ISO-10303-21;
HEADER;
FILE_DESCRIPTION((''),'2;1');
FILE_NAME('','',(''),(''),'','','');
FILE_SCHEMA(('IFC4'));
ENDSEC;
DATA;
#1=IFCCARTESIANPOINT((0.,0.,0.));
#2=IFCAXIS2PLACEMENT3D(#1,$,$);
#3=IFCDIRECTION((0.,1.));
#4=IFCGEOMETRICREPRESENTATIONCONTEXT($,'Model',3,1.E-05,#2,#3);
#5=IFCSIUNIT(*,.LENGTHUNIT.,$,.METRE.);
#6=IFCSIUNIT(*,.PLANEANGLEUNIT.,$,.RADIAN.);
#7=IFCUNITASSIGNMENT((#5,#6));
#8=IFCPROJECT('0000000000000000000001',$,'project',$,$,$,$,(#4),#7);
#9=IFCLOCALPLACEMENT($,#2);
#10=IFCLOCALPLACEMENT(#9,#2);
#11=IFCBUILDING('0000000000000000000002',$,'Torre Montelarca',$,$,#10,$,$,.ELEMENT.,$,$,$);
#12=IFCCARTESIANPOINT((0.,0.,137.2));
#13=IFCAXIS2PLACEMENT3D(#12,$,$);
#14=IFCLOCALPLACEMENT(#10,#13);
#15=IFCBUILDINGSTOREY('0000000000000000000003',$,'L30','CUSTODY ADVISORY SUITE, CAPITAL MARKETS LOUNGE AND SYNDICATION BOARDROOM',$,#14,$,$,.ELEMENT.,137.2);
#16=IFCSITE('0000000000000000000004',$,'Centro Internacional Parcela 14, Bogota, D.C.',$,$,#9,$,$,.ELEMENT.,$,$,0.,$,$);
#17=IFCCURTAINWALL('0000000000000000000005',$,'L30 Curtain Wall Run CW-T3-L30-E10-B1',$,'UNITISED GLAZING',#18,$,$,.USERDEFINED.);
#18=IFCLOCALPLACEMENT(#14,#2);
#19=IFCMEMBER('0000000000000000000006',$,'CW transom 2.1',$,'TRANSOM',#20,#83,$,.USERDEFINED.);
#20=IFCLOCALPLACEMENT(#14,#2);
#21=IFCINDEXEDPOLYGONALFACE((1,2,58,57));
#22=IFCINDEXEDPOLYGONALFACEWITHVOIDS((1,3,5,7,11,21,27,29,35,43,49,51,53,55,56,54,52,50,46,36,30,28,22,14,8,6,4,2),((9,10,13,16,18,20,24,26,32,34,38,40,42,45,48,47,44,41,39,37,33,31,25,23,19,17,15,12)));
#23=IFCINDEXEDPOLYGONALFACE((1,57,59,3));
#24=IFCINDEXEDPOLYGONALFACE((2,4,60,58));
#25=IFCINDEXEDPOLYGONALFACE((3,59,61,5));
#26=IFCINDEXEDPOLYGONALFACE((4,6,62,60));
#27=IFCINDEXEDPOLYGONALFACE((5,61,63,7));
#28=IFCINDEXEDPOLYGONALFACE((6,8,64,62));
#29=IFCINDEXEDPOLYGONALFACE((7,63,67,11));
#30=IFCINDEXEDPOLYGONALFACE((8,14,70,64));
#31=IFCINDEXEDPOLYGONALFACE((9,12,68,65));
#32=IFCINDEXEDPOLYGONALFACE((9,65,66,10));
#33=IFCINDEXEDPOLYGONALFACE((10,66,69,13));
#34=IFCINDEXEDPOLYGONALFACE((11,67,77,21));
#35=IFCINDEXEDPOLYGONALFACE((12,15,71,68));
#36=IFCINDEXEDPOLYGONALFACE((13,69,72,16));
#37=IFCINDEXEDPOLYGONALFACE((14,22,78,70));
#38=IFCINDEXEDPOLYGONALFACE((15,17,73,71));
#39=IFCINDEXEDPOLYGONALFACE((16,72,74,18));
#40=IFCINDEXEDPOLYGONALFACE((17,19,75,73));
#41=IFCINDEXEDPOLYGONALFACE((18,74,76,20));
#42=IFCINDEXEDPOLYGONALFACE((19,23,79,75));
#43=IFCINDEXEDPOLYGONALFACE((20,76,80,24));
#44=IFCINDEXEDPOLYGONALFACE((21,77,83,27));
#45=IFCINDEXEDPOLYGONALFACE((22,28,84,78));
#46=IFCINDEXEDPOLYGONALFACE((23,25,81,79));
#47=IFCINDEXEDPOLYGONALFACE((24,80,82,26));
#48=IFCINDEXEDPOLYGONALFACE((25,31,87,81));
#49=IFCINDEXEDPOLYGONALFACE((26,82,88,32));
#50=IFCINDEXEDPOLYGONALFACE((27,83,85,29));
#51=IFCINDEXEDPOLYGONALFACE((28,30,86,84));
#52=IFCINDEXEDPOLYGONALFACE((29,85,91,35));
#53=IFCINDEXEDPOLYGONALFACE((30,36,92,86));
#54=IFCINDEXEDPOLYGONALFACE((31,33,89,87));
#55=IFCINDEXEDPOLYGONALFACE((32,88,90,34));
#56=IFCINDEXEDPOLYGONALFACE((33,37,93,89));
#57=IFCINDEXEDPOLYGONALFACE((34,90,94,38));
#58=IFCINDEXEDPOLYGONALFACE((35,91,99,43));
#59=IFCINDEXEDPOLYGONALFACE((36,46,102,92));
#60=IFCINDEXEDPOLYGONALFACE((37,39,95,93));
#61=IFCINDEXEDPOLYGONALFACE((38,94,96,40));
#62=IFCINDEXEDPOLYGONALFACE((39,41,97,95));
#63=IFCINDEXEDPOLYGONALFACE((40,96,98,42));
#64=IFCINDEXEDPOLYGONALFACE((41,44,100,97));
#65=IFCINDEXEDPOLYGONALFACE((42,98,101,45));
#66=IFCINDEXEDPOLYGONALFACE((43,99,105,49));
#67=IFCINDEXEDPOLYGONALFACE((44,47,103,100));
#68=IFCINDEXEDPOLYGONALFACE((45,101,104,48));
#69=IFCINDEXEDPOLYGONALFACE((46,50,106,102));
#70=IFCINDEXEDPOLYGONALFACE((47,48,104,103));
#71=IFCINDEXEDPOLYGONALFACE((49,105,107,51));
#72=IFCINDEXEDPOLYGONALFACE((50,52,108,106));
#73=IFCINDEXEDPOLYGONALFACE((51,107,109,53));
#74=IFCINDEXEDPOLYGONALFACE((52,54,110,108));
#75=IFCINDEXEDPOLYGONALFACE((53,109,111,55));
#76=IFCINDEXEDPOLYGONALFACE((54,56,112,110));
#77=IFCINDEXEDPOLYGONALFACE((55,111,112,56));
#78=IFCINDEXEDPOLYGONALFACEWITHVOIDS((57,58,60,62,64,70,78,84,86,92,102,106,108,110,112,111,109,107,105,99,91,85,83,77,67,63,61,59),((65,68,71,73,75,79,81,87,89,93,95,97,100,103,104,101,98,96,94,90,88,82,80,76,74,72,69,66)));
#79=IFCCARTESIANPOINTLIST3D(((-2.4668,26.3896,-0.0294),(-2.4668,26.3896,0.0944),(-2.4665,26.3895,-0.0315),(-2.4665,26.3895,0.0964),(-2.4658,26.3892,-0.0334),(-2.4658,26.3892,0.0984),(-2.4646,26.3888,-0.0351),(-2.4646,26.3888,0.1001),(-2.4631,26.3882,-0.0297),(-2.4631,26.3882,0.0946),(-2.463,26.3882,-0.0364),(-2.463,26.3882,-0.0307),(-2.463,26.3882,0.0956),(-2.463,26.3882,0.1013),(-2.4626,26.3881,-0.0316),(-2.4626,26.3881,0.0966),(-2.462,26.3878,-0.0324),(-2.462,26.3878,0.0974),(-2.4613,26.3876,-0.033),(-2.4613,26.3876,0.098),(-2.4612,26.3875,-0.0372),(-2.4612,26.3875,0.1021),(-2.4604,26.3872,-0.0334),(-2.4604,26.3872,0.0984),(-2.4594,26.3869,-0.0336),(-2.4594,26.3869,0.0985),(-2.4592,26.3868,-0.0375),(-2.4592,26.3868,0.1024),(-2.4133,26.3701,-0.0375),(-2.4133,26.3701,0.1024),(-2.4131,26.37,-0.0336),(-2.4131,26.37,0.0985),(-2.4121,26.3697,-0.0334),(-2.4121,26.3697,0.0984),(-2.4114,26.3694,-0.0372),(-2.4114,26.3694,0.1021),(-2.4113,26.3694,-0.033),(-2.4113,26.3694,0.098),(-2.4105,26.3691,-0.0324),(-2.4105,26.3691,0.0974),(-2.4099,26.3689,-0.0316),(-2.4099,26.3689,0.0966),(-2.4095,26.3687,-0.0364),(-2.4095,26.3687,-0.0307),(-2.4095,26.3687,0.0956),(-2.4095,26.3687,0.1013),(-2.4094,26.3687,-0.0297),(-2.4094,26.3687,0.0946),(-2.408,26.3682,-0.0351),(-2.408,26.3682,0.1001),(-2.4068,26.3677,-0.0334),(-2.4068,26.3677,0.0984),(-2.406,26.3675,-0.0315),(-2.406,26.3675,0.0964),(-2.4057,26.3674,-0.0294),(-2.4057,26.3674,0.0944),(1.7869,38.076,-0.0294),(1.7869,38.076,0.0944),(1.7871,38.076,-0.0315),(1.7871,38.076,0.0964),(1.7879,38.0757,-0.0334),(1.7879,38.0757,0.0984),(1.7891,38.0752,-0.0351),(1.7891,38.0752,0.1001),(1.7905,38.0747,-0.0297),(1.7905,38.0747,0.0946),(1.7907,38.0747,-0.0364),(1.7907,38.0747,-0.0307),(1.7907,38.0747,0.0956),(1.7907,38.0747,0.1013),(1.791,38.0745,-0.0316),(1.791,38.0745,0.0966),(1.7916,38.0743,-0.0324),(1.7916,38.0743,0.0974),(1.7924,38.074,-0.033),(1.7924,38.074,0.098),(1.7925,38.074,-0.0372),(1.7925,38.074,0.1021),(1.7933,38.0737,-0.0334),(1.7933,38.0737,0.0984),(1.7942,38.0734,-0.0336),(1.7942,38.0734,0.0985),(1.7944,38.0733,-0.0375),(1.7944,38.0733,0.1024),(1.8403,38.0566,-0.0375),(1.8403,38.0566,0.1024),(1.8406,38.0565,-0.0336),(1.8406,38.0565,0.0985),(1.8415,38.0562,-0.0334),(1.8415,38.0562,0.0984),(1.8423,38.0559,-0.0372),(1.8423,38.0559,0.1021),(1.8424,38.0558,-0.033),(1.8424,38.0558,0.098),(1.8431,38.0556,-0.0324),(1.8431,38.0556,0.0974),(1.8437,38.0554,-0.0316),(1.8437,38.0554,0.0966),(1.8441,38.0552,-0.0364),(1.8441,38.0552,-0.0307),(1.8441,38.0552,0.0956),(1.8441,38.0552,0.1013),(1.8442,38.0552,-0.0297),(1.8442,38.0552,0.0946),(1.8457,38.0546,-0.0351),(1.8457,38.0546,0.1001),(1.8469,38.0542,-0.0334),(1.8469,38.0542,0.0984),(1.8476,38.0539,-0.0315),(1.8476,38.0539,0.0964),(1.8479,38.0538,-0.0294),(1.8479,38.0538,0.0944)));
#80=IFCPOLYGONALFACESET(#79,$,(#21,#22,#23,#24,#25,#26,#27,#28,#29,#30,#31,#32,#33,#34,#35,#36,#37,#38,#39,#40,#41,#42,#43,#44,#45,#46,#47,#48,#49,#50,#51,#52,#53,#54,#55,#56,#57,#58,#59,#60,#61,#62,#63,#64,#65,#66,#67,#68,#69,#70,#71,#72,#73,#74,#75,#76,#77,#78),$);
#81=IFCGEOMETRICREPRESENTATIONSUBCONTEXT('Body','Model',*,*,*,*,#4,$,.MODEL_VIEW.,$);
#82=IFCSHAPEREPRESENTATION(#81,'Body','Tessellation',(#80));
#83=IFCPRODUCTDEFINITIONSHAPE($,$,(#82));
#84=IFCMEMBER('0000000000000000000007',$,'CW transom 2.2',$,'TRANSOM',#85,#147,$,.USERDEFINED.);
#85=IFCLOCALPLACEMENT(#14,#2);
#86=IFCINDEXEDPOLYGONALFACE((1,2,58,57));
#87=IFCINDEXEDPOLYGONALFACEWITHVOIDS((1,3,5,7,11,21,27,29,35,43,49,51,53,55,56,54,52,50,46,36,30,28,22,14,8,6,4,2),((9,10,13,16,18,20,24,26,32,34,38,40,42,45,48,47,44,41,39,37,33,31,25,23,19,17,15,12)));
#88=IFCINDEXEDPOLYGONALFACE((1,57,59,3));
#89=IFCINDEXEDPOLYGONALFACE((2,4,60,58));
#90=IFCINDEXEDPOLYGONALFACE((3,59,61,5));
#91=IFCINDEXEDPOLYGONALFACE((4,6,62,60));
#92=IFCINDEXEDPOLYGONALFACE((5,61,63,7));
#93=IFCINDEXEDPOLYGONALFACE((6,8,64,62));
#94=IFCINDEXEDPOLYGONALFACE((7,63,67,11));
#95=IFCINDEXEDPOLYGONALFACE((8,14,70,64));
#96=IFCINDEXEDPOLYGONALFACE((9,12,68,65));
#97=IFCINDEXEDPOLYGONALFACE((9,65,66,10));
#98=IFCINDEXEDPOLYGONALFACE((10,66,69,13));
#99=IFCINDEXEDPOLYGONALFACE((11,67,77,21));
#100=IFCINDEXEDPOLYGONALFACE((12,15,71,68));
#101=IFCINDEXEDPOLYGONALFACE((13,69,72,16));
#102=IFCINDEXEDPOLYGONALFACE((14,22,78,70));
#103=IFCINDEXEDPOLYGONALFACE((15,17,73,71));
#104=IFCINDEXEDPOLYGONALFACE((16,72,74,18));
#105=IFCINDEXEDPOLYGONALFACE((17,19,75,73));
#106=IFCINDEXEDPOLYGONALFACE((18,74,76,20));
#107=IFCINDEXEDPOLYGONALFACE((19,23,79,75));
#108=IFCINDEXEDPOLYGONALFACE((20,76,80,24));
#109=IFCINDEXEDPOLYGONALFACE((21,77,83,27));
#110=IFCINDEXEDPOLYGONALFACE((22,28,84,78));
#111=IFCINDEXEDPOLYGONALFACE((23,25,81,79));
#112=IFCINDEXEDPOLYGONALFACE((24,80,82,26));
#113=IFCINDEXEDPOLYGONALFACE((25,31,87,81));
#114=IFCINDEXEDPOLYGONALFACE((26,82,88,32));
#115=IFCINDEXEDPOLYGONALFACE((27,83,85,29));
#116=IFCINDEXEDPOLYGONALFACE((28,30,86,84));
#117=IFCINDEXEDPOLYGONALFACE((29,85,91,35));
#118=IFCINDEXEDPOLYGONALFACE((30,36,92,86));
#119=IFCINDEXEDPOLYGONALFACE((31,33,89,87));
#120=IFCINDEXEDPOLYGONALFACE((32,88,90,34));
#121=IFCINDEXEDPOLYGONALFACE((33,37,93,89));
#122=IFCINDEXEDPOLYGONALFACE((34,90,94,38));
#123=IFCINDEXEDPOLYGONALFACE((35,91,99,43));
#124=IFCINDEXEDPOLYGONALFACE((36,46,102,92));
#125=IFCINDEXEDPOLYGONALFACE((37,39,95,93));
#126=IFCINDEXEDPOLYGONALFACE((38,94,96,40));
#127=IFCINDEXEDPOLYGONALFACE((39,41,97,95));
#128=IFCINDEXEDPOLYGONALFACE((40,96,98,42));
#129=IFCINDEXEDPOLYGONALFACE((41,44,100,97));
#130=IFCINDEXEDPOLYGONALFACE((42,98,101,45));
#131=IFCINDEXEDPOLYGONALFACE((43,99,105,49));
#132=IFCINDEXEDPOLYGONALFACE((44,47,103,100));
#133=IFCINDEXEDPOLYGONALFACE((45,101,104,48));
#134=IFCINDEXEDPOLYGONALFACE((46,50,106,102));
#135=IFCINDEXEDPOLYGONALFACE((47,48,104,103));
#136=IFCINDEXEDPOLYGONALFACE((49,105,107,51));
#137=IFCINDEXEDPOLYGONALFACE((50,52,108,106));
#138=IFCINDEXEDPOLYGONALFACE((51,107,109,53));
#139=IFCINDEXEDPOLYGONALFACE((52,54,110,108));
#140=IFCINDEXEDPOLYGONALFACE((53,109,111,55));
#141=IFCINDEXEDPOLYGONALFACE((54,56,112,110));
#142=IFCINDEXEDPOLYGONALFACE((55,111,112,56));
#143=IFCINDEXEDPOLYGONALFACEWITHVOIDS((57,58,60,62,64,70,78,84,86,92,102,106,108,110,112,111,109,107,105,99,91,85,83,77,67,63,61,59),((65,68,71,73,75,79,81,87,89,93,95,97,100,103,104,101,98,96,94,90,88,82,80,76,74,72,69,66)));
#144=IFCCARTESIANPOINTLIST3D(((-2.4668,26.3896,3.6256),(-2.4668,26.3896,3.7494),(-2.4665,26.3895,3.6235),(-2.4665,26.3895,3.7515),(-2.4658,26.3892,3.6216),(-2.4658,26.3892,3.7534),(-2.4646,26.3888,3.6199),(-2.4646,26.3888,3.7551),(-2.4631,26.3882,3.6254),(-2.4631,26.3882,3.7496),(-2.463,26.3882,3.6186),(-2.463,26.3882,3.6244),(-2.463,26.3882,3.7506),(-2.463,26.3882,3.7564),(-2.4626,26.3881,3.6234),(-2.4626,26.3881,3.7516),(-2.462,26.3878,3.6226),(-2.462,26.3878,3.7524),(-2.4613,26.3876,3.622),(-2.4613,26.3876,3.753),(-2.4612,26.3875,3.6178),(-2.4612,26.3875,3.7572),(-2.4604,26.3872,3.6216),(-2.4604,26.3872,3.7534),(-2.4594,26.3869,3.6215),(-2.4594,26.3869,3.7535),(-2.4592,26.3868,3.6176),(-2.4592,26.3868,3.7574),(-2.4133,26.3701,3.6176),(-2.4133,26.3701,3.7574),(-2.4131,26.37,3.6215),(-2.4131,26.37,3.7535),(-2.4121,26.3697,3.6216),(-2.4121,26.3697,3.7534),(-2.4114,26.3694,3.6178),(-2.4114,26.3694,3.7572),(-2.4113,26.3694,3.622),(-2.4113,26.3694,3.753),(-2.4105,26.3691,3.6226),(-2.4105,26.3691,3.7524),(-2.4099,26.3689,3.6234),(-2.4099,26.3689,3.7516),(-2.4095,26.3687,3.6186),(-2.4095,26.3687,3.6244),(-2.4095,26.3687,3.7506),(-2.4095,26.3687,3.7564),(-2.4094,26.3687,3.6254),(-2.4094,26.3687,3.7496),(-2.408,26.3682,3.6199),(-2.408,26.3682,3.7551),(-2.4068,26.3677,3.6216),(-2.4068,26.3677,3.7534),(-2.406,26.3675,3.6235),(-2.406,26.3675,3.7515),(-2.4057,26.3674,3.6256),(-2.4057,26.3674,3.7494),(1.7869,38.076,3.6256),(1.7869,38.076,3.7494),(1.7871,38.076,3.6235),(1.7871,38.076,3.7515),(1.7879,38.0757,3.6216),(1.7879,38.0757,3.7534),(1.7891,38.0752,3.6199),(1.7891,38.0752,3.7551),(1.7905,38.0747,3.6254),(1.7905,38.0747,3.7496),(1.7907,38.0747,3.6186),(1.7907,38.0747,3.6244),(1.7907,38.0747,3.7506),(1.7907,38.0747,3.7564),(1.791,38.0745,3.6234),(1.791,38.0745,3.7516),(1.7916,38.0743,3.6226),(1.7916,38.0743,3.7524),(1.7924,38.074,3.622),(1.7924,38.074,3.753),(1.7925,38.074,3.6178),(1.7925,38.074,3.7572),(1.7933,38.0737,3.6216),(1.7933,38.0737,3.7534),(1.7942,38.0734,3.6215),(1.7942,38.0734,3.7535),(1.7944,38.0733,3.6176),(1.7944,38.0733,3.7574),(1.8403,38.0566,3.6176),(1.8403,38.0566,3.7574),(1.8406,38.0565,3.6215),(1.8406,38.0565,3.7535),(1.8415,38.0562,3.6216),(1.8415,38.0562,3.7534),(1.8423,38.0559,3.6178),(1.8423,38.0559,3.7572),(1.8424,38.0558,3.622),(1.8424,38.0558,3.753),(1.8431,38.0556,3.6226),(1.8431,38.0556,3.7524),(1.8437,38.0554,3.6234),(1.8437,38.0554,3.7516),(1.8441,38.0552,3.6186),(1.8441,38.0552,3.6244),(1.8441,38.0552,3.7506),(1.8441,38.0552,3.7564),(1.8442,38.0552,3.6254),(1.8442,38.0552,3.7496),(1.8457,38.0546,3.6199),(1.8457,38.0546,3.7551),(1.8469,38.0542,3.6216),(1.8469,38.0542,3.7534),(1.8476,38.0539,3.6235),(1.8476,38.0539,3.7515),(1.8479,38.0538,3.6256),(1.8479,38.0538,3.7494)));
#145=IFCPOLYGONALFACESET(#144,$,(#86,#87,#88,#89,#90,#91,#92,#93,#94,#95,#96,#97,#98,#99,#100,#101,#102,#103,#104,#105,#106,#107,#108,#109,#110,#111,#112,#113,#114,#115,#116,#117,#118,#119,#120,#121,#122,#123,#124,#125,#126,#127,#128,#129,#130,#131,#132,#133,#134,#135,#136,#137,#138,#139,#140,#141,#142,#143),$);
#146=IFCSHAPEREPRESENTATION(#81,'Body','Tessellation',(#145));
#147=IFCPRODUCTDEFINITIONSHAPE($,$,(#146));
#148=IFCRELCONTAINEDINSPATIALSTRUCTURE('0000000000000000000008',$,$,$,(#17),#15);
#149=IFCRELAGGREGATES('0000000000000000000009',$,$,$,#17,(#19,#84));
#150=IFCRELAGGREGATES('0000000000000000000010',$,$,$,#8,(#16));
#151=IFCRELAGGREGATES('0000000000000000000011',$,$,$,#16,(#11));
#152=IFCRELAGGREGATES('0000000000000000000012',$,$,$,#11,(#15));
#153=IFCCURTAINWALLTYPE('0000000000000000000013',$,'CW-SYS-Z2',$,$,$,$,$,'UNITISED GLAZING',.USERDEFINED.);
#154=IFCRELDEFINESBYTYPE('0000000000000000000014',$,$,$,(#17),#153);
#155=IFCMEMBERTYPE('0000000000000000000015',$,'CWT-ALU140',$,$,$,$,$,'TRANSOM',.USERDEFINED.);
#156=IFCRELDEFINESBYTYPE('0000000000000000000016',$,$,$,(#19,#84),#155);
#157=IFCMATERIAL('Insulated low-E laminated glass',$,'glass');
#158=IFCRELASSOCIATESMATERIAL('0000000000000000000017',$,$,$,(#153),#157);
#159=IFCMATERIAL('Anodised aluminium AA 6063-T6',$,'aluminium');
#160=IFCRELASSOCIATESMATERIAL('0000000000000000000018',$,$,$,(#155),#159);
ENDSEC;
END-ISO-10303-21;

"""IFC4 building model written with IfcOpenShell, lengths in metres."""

from ifc_helpers import new_model, si_unit, direction, frame, origin, origin_2d, place, context, subcontext, project, spatial, hollow_rectangle, extrude, source, transform, mapped, material, material_profile, profile_set, type_object, element, aggregate, save


model = new_model("IFC4")

# Units and contexts
model_context = context("Model", 3, precision=1e-05, world=origin(), true_north=direction((0.0, 1.0)))
body_context = subcontext(model_context, "Body", "Model", "MODEL_VIEW")
ifc_project = project(units=[si_unit("LENGTHUNIT", "METRE"), si_unit("PLANEANGLEUNIT", "RADIAN")], contexts=[model_context])

# Site, building, storey
site_placement = place(None, origin())
site = spatial("IfcSite", under=ifc_project, at=site_placement, Name="Centro Internacional Parcela 14, Bogota, D.C.", CompositionType="ELEMENT", RefElevation=0.0)
building_placement = place(site_placement, origin())
building = spatial("IfcBuilding", under=site, at=building_placement, Name="Torre Montelarca", CompositionType="ELEMENT")
storey_placement = place(building_placement, frame((0.0, 0.0, 137.2)))
storey = spatial("IfcBuildingStorey", under=building, at=storey_placement, Name="L30", Description="CUSTODY ADVISORY SUITE, CAPITAL MARKETS LOUNGE AND SYNDICATION BOARDROOM", CompositionType="ELEMENT", Elevation=137.2)

# Curtain wall, members
ifc_material_1 = material(Name="Insulated low-E laminated glass", Category="glass")
curtain_wall_type = type_object("IfcCurtainWallType", Name="CW-SYS-Z2", ElementType="UNITISED GLAZING", PredefinedType="USERDEFINED", material=ifc_material_1)
ifc_material_2 = material(Name="Anodised aluminium AA 6063-T6", Category="aluminium")
ifc_material_profile_1 = material_profile(ifc_material_2, hollow_rectangle(XDim=0.0649, YDim=0.1399, WallThickness=0.0039, InnerFilletRadius=0.0039, OuterFilletRadius=0.0081, at=origin_2d()), Name="ALU65X140X4", Category="aluminium")
ifc_profile_set_1 = profile_set([ifc_material_profile_1], Name="Anodised aluminium AA 6063-T6")
member_type_1 = type_object("IfcMemberType", Name="CWT-ALU140", ElementType="TRANSOM", PredefinedType="USERDEFINED", material=ifc_profile_set_1)
curtain_wall_1_placement = place(storey_placement, origin())
curtain_wall_1 = element("IfcCurtainWall", 1, at=curtain_wall_1_placement, inside=storey, type_object=curtain_wall_type, Name="L30 Curtain Wall Run CW-T3-L30-E10-B1", ObjectType="UNITISED GLAZING", PredefinedType="USERDEFINED")
shared_shape_1 = source(origin(), body_context, "Body", "SweptSolid", [
    extrude(hollow_rectangle(XDim=0.0649, YDim=0.1399, WallThickness=0.0039, InnerFilletRadius=0.0039, OuterFilletRadius=0.0081, at=origin_2d()), origin(), (0.0, 0.0, 1.0), 12.4365),
])
member_1_placement = place(storey_placement, frame((1.8174, 38.0649, 0.0325), z_axis=(-0.342028, -0.93969, 0.0), x_axis=(0.93969, -0.342028, 0.0)))
member_1 = element("IfcMember", 2, at=member_1_placement, type_object=member_type_1, Name="CW transom 2.1", ObjectType="TRANSOM", PredefinedType="USERDEFINED", context=body_context, shape_type="MappedRepresentation", body=[
    mapped(shared_shape_1, transform((0.0, 0.0, 0.0), scale=1.0)),
])
member_2_placement = place(storey_placement, frame((1.8174, 38.0649, 3.6875), z_axis=(-0.342028, -0.93969, 0.0), x_axis=(0.93969, -0.342028, 0.0)))
member_2 = element("IfcMember", 3, at=member_2_placement, type_object=member_type_1, Name="CW transom 2.2", ObjectType="TRANSOM", PredefinedType="USERDEFINED", context=body_context, shape_type="MappedRepresentation", body=[
    mapped(shared_shape_1, transform((0.0, 0.0, 0.0), scale=1.0)),
])

aggregate(curtain_wall_1, [member_1, member_2])

save(model, "model.ifc")
